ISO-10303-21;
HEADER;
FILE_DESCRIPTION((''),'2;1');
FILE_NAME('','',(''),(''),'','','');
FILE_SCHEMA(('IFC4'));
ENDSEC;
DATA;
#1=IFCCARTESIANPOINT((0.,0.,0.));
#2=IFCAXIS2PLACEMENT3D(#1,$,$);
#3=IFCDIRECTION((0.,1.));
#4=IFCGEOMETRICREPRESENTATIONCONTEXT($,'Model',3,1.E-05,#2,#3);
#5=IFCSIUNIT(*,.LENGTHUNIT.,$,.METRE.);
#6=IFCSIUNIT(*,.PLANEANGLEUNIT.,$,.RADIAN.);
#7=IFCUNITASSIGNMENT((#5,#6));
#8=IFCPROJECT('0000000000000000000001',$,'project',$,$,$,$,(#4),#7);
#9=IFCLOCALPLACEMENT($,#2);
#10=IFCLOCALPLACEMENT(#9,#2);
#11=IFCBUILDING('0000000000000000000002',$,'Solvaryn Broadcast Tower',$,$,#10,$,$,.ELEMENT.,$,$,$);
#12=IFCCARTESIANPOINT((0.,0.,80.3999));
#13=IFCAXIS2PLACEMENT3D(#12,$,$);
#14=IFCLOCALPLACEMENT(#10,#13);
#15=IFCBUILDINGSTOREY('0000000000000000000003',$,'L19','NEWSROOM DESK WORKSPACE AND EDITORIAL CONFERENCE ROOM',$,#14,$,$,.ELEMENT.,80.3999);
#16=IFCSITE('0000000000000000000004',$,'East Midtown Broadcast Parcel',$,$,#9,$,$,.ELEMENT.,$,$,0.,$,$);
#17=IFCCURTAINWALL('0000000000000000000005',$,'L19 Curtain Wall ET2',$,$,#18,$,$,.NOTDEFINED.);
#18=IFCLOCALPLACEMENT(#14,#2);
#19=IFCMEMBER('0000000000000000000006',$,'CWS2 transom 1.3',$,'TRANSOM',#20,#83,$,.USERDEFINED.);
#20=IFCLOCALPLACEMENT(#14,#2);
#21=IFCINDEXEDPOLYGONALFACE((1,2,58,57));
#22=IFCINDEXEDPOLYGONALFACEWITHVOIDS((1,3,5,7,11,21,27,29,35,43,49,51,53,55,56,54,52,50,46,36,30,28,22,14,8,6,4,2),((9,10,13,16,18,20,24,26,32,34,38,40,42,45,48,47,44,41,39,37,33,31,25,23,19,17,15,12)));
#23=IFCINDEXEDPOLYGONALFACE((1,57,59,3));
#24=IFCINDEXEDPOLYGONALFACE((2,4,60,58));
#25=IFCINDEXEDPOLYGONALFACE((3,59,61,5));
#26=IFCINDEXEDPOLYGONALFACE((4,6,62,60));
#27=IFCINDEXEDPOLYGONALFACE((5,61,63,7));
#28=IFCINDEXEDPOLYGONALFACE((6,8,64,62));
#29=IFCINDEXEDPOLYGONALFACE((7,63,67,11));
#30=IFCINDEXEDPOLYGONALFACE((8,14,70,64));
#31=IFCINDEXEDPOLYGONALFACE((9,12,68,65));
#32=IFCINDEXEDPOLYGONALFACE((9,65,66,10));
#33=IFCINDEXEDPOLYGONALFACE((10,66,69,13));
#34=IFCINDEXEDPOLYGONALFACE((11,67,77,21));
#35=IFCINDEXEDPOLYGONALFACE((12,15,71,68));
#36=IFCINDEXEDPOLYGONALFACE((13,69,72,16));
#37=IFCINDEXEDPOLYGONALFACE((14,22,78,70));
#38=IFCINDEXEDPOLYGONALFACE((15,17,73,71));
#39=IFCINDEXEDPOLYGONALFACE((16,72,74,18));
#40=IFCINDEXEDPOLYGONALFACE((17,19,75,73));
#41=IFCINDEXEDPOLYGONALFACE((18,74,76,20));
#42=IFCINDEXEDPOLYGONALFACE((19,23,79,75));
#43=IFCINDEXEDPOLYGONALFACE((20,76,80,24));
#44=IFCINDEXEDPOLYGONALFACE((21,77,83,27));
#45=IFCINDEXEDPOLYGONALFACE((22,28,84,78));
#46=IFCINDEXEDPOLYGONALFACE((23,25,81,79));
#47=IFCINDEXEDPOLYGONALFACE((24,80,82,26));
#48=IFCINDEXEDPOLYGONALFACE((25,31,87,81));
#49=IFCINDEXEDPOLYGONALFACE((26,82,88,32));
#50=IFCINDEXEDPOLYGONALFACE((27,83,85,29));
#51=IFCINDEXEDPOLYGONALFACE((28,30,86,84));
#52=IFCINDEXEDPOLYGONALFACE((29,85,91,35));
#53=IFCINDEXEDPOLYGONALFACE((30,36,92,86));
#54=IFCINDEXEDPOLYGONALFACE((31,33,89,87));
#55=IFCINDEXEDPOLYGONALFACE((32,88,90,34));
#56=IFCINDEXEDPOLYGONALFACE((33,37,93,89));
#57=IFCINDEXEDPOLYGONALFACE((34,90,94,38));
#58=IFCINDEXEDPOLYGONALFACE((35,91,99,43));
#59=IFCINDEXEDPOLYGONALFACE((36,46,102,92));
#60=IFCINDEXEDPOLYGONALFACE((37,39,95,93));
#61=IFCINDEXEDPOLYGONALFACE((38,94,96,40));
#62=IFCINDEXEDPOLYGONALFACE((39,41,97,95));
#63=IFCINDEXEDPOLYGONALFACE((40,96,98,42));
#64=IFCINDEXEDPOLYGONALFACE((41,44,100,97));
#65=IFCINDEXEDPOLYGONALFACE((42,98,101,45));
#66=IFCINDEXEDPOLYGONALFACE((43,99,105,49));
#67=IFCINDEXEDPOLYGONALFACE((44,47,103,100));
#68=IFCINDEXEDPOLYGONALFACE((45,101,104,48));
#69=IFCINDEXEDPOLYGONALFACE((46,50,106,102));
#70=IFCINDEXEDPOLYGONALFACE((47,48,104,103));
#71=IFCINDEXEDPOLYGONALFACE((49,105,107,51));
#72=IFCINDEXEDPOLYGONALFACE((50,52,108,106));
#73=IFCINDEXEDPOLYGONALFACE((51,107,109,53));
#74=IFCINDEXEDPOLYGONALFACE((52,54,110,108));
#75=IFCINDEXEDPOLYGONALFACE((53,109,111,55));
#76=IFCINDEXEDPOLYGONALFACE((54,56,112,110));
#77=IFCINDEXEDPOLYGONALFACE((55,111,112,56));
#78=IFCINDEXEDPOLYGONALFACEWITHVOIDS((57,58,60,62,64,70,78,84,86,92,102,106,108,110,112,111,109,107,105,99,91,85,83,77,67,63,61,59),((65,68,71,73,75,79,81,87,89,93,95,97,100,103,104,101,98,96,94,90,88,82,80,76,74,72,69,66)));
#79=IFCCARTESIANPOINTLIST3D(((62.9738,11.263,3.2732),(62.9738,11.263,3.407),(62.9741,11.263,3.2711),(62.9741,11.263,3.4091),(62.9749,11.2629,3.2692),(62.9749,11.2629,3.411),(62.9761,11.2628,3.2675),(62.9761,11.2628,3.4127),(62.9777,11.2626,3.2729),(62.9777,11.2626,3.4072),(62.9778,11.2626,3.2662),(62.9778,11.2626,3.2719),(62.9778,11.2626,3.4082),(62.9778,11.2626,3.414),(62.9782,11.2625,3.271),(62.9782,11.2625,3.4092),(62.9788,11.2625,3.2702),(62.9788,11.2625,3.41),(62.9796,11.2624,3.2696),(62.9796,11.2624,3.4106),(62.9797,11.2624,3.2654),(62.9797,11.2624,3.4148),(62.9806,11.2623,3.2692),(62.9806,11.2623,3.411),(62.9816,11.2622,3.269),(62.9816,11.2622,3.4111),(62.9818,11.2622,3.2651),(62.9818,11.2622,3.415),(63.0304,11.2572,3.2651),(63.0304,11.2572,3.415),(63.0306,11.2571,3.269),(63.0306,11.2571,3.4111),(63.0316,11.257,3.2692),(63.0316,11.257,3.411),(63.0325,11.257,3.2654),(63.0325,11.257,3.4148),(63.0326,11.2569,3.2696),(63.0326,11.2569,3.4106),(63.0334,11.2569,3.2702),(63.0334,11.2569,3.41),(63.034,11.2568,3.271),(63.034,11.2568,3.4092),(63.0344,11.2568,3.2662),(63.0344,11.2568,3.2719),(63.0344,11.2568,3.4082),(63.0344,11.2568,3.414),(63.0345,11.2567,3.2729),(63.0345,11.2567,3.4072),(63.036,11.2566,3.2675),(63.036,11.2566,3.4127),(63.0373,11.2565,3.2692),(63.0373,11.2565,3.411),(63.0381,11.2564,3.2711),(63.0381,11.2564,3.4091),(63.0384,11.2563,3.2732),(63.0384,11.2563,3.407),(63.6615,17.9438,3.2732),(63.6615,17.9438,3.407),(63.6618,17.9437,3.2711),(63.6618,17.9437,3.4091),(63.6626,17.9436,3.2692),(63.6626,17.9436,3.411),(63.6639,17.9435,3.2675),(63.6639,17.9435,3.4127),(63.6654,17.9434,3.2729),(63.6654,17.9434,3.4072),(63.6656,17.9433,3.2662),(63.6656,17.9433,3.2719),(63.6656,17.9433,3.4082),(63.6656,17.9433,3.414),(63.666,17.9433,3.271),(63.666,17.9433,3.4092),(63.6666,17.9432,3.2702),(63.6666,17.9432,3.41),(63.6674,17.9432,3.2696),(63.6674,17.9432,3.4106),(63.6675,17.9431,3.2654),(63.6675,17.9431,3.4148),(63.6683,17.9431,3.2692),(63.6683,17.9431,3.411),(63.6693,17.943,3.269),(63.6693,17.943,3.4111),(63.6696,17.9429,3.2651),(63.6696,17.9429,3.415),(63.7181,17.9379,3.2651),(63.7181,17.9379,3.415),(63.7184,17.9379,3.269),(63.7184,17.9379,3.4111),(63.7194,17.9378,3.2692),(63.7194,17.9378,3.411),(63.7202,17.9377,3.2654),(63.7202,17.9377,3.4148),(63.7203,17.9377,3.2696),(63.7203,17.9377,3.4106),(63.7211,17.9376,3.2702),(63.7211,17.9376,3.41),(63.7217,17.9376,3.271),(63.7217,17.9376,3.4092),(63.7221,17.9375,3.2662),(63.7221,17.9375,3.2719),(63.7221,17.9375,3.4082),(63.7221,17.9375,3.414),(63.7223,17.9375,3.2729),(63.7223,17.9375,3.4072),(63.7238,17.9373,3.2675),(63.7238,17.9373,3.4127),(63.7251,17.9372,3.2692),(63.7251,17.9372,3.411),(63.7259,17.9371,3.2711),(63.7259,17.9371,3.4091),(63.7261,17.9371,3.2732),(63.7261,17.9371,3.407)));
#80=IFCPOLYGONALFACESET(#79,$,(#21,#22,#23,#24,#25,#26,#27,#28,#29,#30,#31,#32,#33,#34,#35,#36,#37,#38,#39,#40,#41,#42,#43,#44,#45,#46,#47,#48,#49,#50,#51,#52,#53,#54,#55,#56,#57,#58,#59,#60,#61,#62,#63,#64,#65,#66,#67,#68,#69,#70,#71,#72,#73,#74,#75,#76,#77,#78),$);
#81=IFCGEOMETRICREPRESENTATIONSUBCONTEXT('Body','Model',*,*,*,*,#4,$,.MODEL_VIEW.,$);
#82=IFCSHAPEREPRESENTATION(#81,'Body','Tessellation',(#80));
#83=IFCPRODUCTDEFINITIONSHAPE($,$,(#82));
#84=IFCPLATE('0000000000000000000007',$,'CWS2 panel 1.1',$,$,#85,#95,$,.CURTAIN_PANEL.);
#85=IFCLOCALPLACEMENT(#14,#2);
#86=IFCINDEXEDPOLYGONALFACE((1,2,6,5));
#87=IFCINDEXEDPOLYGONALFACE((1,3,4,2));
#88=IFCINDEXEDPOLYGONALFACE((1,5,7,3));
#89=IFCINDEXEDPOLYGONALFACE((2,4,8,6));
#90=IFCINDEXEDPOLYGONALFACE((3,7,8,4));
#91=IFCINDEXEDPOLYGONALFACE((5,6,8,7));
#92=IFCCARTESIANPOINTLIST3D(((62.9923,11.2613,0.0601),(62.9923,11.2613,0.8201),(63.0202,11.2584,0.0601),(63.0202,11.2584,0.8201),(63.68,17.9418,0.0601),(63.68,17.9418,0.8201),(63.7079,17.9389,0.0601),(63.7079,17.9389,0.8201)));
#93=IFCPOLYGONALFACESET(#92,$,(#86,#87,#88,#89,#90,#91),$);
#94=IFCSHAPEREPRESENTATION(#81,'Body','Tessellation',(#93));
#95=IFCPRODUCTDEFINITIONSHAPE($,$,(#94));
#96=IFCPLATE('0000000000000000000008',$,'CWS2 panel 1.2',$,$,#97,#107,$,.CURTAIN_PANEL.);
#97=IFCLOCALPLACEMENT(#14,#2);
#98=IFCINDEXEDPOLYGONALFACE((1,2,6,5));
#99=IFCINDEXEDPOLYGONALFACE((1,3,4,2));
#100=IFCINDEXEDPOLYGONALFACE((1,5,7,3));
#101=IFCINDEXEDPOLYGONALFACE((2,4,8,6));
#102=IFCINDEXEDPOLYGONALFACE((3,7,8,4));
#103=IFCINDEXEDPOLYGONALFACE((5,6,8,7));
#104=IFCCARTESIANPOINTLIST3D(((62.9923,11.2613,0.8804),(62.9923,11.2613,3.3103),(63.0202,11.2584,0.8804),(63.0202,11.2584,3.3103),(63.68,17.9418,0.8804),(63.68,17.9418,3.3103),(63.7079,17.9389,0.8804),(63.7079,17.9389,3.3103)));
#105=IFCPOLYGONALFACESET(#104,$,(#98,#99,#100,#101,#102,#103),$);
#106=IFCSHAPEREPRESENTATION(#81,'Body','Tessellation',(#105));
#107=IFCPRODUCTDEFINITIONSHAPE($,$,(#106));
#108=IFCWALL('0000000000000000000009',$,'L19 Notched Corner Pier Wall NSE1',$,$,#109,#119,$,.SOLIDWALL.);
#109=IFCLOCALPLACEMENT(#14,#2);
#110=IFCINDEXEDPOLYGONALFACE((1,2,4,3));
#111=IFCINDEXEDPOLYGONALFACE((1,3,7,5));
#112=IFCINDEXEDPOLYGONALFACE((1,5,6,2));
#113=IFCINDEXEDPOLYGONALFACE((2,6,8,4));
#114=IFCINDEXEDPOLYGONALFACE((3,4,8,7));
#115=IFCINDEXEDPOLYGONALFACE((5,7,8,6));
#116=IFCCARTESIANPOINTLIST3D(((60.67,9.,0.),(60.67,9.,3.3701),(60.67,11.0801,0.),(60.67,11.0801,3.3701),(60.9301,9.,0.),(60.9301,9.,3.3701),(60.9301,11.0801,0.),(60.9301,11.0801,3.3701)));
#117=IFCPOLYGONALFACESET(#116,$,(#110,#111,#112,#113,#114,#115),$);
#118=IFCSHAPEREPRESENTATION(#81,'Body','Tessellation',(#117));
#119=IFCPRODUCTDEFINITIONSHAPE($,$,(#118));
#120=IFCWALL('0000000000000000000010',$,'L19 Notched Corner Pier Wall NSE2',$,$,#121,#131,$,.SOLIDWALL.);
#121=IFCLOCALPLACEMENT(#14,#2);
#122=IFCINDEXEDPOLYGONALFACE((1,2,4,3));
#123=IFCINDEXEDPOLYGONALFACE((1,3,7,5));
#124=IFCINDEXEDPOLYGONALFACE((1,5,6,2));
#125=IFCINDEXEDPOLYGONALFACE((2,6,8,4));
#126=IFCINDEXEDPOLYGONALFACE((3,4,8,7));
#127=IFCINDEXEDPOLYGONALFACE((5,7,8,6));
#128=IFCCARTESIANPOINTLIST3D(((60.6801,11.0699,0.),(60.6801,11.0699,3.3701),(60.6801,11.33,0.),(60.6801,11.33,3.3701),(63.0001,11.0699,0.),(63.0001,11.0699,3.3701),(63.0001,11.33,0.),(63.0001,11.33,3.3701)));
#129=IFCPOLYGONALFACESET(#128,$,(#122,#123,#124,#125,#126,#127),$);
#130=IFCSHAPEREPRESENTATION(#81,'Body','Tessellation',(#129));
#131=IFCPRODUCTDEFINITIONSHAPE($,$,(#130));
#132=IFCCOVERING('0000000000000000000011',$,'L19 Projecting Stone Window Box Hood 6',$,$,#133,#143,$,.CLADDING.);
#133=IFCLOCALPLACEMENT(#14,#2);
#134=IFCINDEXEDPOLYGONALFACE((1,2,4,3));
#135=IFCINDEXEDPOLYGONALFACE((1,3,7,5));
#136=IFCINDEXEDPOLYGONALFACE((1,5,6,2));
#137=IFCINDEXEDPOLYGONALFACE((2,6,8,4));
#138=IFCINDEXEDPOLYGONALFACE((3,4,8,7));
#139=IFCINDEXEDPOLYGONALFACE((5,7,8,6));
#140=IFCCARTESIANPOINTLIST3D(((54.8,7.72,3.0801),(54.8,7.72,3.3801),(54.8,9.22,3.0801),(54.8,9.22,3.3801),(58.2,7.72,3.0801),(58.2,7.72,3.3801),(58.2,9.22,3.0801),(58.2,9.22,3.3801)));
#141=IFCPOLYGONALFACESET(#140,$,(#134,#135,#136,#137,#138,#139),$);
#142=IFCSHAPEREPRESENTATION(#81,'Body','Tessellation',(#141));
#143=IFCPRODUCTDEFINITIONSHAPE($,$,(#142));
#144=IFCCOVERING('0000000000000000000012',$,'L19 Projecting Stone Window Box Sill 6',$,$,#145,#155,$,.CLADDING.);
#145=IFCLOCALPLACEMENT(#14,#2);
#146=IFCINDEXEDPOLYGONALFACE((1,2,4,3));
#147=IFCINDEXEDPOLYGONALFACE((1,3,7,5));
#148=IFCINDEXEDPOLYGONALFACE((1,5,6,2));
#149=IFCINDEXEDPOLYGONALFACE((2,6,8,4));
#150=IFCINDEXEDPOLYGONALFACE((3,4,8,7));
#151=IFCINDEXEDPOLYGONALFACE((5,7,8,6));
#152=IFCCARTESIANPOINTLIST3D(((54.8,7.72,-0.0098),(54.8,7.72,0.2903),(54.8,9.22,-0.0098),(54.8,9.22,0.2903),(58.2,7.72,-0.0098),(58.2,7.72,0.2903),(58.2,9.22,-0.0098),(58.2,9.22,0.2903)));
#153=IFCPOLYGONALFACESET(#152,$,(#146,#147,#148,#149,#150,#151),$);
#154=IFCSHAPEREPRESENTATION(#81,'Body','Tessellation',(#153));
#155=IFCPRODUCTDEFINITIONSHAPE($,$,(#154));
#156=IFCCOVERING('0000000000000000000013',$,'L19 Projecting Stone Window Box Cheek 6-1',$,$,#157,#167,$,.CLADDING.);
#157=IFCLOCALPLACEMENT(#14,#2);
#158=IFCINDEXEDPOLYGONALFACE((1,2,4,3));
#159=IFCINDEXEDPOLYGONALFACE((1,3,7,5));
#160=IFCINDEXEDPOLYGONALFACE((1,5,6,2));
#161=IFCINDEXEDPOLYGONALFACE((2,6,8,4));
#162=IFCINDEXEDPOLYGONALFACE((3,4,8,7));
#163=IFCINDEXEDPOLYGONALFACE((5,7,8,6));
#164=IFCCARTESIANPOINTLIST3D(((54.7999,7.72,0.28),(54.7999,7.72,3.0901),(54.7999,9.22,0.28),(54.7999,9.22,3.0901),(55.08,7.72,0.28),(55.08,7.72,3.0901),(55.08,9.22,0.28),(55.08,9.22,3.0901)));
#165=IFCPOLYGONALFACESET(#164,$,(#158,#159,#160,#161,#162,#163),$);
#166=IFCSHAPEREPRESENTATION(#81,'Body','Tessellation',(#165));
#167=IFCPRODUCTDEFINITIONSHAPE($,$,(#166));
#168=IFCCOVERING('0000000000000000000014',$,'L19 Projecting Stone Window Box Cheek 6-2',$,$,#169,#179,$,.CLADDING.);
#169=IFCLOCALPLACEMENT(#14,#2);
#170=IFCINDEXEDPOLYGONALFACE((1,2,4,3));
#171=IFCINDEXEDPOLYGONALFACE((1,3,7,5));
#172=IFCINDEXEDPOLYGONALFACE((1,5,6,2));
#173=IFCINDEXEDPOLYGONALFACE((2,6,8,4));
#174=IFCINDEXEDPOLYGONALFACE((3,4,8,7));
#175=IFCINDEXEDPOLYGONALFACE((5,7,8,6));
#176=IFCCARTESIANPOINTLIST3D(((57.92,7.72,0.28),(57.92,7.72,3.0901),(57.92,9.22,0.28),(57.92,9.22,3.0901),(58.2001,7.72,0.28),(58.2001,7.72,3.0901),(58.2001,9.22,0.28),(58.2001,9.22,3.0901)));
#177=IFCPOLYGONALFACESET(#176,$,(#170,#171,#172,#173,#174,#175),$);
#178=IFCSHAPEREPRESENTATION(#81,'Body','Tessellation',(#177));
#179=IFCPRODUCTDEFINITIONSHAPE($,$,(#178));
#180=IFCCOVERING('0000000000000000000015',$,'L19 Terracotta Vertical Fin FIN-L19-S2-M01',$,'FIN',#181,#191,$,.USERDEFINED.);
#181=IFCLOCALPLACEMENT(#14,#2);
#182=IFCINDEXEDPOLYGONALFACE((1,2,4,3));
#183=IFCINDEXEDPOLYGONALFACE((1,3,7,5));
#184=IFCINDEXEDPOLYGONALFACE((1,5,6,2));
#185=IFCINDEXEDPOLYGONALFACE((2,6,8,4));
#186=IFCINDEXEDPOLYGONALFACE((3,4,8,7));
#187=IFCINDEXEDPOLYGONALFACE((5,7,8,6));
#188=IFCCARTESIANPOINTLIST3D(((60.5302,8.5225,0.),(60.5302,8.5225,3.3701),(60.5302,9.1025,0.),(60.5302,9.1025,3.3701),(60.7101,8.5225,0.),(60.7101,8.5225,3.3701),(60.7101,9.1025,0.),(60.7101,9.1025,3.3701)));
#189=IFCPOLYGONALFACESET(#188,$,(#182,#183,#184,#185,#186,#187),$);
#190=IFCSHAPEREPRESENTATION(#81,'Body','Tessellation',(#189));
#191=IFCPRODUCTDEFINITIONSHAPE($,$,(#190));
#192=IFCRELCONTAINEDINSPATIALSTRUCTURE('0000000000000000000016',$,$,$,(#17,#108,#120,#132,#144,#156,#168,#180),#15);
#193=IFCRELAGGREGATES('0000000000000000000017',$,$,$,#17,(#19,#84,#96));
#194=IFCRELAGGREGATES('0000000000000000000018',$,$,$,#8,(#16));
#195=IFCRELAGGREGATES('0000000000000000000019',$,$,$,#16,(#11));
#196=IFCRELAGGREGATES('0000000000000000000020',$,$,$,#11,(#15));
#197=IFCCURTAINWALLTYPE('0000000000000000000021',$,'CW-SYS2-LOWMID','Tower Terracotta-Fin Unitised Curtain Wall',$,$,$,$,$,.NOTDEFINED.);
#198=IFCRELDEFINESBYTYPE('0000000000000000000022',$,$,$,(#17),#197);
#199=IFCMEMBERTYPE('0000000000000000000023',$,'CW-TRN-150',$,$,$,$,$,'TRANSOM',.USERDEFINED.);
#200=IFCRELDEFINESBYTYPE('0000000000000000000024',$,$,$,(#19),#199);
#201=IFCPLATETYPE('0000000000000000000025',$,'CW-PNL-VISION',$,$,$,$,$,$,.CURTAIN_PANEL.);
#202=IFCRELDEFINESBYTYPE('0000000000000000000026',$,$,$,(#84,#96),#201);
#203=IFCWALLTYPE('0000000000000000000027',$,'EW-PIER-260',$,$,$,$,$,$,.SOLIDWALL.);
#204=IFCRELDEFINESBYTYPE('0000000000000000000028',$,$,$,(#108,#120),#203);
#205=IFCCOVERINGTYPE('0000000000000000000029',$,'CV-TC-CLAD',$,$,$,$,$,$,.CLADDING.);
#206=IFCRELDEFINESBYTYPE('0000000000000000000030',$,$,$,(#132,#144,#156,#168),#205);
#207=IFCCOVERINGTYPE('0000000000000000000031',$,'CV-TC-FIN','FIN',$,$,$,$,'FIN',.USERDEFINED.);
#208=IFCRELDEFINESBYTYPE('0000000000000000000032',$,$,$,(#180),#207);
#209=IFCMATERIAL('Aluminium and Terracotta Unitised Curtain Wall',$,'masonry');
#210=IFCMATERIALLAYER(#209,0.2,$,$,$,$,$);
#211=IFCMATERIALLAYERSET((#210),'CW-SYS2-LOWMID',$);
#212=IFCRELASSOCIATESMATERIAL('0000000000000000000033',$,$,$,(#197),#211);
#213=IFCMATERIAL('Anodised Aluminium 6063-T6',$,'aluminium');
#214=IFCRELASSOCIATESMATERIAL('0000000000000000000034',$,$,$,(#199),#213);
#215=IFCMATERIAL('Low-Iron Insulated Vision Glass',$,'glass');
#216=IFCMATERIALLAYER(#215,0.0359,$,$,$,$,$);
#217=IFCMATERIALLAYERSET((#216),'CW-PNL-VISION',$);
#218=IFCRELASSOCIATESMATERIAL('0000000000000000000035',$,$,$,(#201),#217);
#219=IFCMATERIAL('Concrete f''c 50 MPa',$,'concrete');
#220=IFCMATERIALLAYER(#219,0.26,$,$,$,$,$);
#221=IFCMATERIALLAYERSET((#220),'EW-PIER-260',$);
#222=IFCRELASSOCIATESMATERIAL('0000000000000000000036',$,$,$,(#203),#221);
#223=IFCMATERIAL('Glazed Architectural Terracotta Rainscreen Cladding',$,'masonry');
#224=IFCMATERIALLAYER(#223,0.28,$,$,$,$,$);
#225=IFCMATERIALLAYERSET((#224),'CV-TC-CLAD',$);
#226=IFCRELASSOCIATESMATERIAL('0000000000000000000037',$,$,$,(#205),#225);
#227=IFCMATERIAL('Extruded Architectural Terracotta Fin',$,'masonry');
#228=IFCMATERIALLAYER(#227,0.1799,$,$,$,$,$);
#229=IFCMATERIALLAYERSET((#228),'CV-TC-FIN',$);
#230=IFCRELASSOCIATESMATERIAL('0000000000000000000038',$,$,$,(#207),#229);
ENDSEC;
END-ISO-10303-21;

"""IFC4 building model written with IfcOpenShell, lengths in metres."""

from ifc_helpers import new_model, si_unit, direction, frame, frame_2d, origin, origin_2d, place, context, subcontext, project, spatial, rectangle, hollow_rectangle, extrude, material, layer, layer_set, material_profile, profile_set, type_object, element, aggregate, save


model = new_model("IFC4")

# Units and contexts
model_context = context("Model", 3, precision=1e-05, world=origin(), true_north=direction((0.0, 1.0)))
body_context = subcontext(model_context, "Body", "Model", "MODEL_VIEW")
ifc_project = project(units=[si_unit("LENGTHUNIT", "METRE"), si_unit("PLANEANGLEUNIT", "RADIAN")], contexts=[model_context])

# Site, building, storey
site_placement = place(None, origin())
site = spatial("IfcSite", under=ifc_project, at=site_placement, Name="East Midtown Broadcast Parcel", CompositionType="ELEMENT", RefElevation=0.0)
building_placement = place(site_placement, origin())
building = spatial("IfcBuilding", under=site, at=building_placement, Name="Solvaryn Broadcast Tower", CompositionType="ELEMENT")
storey_placement = place(building_placement, frame((0.0, 0.0, 80.3999)))
storey = spatial("IfcBuildingStorey", under=building, at=storey_placement, Name="L19", Description="NEWSROOM DESK WORKSPACE AND EDITORIAL CONFERENCE ROOM", CompositionType="ELEMENT", Elevation=80.3999)

# Shared definitions
ifc_material_1 = material(Name="Aluminium and Terracotta Unitised Curtain Wall", Category="masonry")
ifc_layer_1 = layer(ifc_material_1, 0.2)
ifc_layer_set_1 = layer_set([ifc_layer_1], Name="CW-SYS2-LOWMID")
curtain_wall_type = type_object("IfcCurtainWallType", Name="CW-SYS2-LOWMID", Description="Tower Terracotta-Fin Unitised Curtain Wall", PredefinedType="NOTDEFINED", material=ifc_layer_set_1)

# Curtain wall, member, plates
curtain_wall_1_placement = place(storey_placement, origin())
curtain_wall_1 = element("IfcCurtainWall", 1, at=curtain_wall_1_placement, inside=storey, type_object=curtain_wall_type, Name="L19 Curtain Wall ET2", PredefinedType="NOTDEFINED")
ifc_material_2 = material(Name="Anodised Aluminium 6063-T6", Category="aluminium")
ifc_material_profile_1 = material_profile(ifc_material_2, hollow_rectangle(XDim=0.0649, YDim=0.1499, WallThickness=0.0039, InnerFilletRadius=0.0039, OuterFilletRadius=0.0081, at=origin_2d()))
ifc_profile_set_1 = profile_set([ifc_material_profile_1], Name="Anodised Aluminium 6063-T6")
member_type_1 = type_object("IfcMemberType", Name="CW-TRN-150", ElementType="TRANSOM", PredefinedType="USERDEFINED", material=ifc_profile_set_1)
member_1_placement = place(storey_placement, frame((63.6938, 17.9404, 3.3401), z_axis=(-0.102404, -0.994743, 0.0), x_axis=(0.994743, -0.102404, 0.0)))
member_1 = element("IfcMember", 2, at=member_1_placement, type_object=member_type_1, Name="CWS2 transom 1.3", ObjectType="TRANSOM", PredefinedType="USERDEFINED", context=body_context, shape_type="SweptSolid", body=[
    extrude(hollow_rectangle(XDim=0.0649, YDim=0.1499, WallThickness=0.0039, InnerFilletRadius=0.0039, OuterFilletRadius=0.0081, at=origin_2d()), origin(), (0.0, 0.0, 1.0), 6.7161),
])
ifc_material_3 = material(Name="Low-Iron Insulated Vision Glass", Category="glass")
ifc_layer_2 = layer(ifc_material_3, 0.0359)
ifc_layer_set_2 = layer_set([ifc_layer_2], Name="CW-PNL-VISION")
plate_type = type_object("IfcPlateType", Name="CW-PNL-VISION", PredefinedType="CURTAIN_PANEL", material=ifc_layer_set_2)
plate_1_placement = place(storey_placement, frame((63.3501, 14.6001, 0.0601), z_axis=(0.0, 0.0, 1.0), x_axis=(-0.1024, -0.994743, 0.0)))
plate_1 = element("IfcPlate", 3, at=plate_1_placement, type_object=plate_type, Name="CWS2 panel 1.1", PredefinedType="CURTAIN_PANEL", context=body_context, shape_type="SweptSolid", body=[
    extrude(rectangle(XDim=6.7158, YDim=0.0281, at=origin_2d()), origin(), (0.0, 0.0, 1.0), 0.76),
])
plate_2_placement = place(storey_placement, frame((63.3501, 14.6001, 0.8804), z_axis=(0.0, 0.0, 1.0), x_axis=(-0.1024, -0.994743, 0.0)))
plate_2 = element("IfcPlate", 4, at=plate_2_placement, type_object=plate_type, Name="CWS2 panel 1.2", PredefinedType="CURTAIN_PANEL", context=body_context, shape_type="SweptSolid", body=[
    extrude(rectangle(XDim=6.7158, YDim=0.0281, at=origin_2d()), origin(), (0.0, 0.0, 1.0), 2.4299),
])
aggregate(curtain_wall_1, [member_1, plate_1, plate_2])

# Walls
ifc_material_4 = material(Name="Concrete f'c 50 MPa", Category="concrete")
ifc_layer_3 = layer(ifc_material_4, 0.26)
ifc_layer_set_3 = layer_set([ifc_layer_3], Name="EW-PIER-260")
wall_type = type_object("IfcWallType", Name="EW-PIER-260", PredefinedType="SOLIDWALL", material=ifc_layer_set_3)
wall_1_placement = place(storey_placement, frame((60.8, 9.0, 0.0), z_axis=(0.0, 0.0, 1.0), x_axis=(0.0, 1.0, 0.0)))
element("IfcWall", 5, at=wall_1_placement, inside=storey, type_object=wall_type, Name="L19 Notched Corner Pier Wall NSE1", PredefinedType="SOLIDWALL", context=body_context, shape_type="SweptSolid", body=[
    extrude(rectangle(XDim=2.0801, YDim=0.26, at=frame_2d((1.04, 0.0))), origin(), (0.0, 0.0, 1.0), 3.3701),
])
wall_2_placement = place(storey_placement, frame((60.6799, 11.2, 0.0), z_axis=(0.0, 0.0, 1.0), x_axis=(1.0, 0.0, 0.0)))
element("IfcWall", 6, at=wall_2_placement, inside=storey, type_object=wall_type, Name="L19 Notched Corner Pier Wall NSE2", PredefinedType="SOLIDWALL", context=body_context, shape_type="SweptSolid", body=[
    extrude(rectangle(XDim=2.3201, YDim=0.26, at=frame_2d((1.1602, 0.0))), origin(), (0.0, 0.0, 1.0), 3.3701),
])

# Coverings
ifc_material_5 = material(Name="Glazed Architectural Terracotta Rainscreen Cladding", Category="masonry")
ifc_layer_4 = layer(ifc_material_5, 0.28)
ifc_layer_set_4 = layer_set([ifc_layer_4], Name="CV-TC-CLAD")
covering_type_1 = type_object("IfcCoveringType", Name="CV-TC-CLAD", PredefinedType="CLADDING", material=ifc_layer_set_4)
for number, where, z_axis, x_axis, name in (
    (7, (56.5, 8.47, 3.0801), (0.0, 0.0, 1.0), (1.0, 0.0, 0.0), "L19 Projecting Stone Window Box Hood 6"),
    (8, (56.5, 8.47, -0.0098), (0.0, 0.0, 1.0), (1.0, 0.0, 0.0), "L19 Projecting Stone Window Box Sill 6"),
):
    element("IfcCovering", number, at=place(storey_placement, frame(where, z_axis=z_axis, x_axis=x_axis)), inside=storey, type_object=covering_type_1, Name=name, PredefinedType="CLADDING", context=body_context, shape_type="SweptSolid", body=[
        extrude(rectangle(XDim=3.3999, YDim=1.5, at=origin_2d()), origin(), (0.0, 0.0, 1.0), 0.3),
    ])
for number, where, z_axis, x_axis, name in (
    (9, (54.9399, 8.47, 0.28), (0.0, 0.0, 1.0), (1.0, 0.0, 0.0), "L19 Projecting Stone Window Box Cheek 6-1"),
    (10, (58.0601, 8.47, 0.28), (0.0, 0.0, 1.0), (1.0, 0.0, 0.0), "L19 Projecting Stone Window Box Cheek 6-2"),
):
    element("IfcCovering", number, at=place(storey_placement, frame(where, z_axis=z_axis, x_axis=x_axis)), inside=storey, type_object=covering_type_1, Name=name, PredefinedType="CLADDING", context=body_context, shape_type="SweptSolid", body=[
        extrude(rectangle(XDim=0.28, YDim=1.5, at=origin_2d()), origin(), (0.0, 0.0, 1.0), 2.8101),
    ])
ifc_material_6 = material(Name="Extruded Architectural Terracotta Fin", Category="masonry")
ifc_layer_5 = layer(ifc_material_6, 0.1799)
ifc_layer_set_5 = layer_set([ifc_layer_5], Name="CV-TC-FIN")
covering_type_2 = type_object("IfcCoveringType", Name="CV-TC-FIN", Description="FIN", ElementType="FIN", PredefinedType="USERDEFINED", material=ifc_layer_set_5)
covering_placement = place(storey_placement, frame((60.6201, 8.8125, 0.0), z_axis=(0.0, 0.0, 1.0), x_axis=(1.0, 0.0, 0.0)))
element("IfcCovering", 11, at=covering_placement, inside=storey, type_object=covering_type_2, Name="L19 Terracotta Vertical Fin FIN-L19-S2-M01", ObjectType="FIN", PredefinedType="USERDEFINED", context=body_context, shape_type="SweptSolid", body=[
    extrude(rectangle(XDim=0.1799, YDim=0.5801, at=origin_2d()), origin(), (0.0, 0.0, 1.0), 3.3701),
])

save(model, "model.ifc")
